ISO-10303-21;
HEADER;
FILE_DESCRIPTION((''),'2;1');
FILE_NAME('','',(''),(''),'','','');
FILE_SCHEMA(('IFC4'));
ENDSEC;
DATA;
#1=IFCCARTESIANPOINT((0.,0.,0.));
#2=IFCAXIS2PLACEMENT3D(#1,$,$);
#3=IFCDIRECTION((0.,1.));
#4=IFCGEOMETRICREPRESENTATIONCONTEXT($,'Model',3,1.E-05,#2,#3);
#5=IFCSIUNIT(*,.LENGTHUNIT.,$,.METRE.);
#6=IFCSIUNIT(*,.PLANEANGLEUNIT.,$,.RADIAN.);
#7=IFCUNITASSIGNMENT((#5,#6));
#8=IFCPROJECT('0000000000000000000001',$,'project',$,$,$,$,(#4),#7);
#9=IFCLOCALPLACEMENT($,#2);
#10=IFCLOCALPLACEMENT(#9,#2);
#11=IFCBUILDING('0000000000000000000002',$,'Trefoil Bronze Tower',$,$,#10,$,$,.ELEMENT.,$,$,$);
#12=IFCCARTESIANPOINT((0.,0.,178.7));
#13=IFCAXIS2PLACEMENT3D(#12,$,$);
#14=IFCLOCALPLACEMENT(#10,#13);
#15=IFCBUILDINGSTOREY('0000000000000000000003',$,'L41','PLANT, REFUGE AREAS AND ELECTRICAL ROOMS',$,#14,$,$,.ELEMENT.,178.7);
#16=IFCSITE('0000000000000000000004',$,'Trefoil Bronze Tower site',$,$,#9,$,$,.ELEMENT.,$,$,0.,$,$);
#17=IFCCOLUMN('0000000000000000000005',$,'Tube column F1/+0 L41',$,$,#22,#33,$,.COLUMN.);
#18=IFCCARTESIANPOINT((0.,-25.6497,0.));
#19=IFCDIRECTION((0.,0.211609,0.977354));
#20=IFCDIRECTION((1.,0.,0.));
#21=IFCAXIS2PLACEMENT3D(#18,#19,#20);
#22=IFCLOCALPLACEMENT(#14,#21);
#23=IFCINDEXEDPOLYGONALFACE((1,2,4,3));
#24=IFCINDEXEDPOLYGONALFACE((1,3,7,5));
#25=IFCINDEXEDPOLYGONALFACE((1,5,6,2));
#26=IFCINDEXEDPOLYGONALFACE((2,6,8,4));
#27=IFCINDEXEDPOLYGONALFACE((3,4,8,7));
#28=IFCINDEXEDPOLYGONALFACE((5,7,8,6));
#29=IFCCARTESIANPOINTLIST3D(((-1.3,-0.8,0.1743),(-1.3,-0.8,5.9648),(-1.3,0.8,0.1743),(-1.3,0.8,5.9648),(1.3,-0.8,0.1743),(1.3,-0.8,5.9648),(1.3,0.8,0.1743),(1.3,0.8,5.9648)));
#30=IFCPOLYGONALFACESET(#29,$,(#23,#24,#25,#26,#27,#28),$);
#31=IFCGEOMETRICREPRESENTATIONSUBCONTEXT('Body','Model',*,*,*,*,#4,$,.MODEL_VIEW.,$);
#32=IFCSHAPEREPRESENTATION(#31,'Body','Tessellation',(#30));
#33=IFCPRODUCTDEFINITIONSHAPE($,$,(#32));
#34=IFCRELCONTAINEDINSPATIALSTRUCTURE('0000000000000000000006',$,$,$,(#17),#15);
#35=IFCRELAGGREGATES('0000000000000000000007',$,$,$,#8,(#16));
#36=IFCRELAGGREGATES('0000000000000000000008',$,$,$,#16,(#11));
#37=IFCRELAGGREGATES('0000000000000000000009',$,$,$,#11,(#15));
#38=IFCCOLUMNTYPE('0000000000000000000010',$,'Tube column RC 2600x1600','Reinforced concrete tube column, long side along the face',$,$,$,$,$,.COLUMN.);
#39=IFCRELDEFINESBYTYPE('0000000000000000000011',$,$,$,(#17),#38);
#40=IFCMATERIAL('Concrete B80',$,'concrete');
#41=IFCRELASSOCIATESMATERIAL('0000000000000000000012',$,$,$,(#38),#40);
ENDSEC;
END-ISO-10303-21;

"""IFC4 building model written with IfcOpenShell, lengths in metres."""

from ifc_helpers import new_model, si_unit, direction, frame, origin, origin_2d, place, context, subcontext, project, spatial, rectangle, extrude, clip, halfspace, material, material_profile, profile_set, type_object, element, save


model = new_model("IFC4")

# Units and contexts
model_context = context("Model", 3, precision=1e-05, world=origin(), true_north=direction((0.0, 1.0)))
body_context = subcontext(model_context, "Body", "Model", "MODEL_VIEW")
ifc_project = project(units=[si_unit("LENGTHUNIT", "METRE"), si_unit("PLANEANGLEUNIT", "RADIAN")], contexts=[model_context])

# Site, building, storey
site_placement = place(None, origin())
site = spatial("IfcSite", under=ifc_project, at=site_placement, Name="Trefoil Bronze Tower site", CompositionType="ELEMENT", RefElevation=0.0)
building_placement = place(site_placement, origin())
building = spatial("IfcBuilding", under=site, at=building_placement, Name="Trefoil Bronze Tower", CompositionType="ELEMENT")
storey_placement = place(building_placement, frame((0.0, 0.0, 178.7)))
storey = spatial("IfcBuildingStorey", under=building, at=storey_placement, Name="L41", Description="PLANT, REFUGE AREAS AND ELECTRICAL ROOMS", CompositionType="ELEMENT", Elevation=178.7)

# Column
ifc_material_1 = material(Name="Concrete B80", Category="concrete")
ifc_material_profile_1 = material_profile(ifc_material_1, rectangle(XDim=2.6001, YDim=1.6001, at=origin_2d()), Name="RC 2600x1600")
ifc_profile_set_1 = profile_set([ifc_material_profile_1], Name="Concrete B80")
column_type = type_object("IfcColumnType", Name="Tube column RC 2600x1600", Description="Reinforced concrete tube column, long side along the face", PredefinedType="COLUMN", material=ifc_profile_set_1)
column_1_placement = place(storey_placement, frame((0.0, -25.6497, 0.0), z_axis=(0.0, 0.211609, 0.977354), x_axis=(1.0, 0.0, 0.0)))
element("IfcColumn", 1, at=column_1_placement, inside=storey, type_object=column_type, Name="Tube column F1/+0 L41", PredefinedType="COLUMN", context=body_context, shape_type="Clipping", body=[
    clip(clip(extrude(rectangle(XDim=2.6001, YDim=1.6001, at=origin_2d()), origin(), (0.0, 0.0, 1.0), 6.1389), halfspace(frame((0.0, 0.0, 0.1743), z_axis=(0.0, -0.000005, 1.0), x_axis=(0.0, 1.0, 0.000005)), True)), halfspace(frame((0.0, 0.0, 5.9648), z_axis=(0.0, 0.000005, -1.0), x_axis=(0.0, -1.0, -0.000005)), True)),
])

save(model, "model.ifc")
